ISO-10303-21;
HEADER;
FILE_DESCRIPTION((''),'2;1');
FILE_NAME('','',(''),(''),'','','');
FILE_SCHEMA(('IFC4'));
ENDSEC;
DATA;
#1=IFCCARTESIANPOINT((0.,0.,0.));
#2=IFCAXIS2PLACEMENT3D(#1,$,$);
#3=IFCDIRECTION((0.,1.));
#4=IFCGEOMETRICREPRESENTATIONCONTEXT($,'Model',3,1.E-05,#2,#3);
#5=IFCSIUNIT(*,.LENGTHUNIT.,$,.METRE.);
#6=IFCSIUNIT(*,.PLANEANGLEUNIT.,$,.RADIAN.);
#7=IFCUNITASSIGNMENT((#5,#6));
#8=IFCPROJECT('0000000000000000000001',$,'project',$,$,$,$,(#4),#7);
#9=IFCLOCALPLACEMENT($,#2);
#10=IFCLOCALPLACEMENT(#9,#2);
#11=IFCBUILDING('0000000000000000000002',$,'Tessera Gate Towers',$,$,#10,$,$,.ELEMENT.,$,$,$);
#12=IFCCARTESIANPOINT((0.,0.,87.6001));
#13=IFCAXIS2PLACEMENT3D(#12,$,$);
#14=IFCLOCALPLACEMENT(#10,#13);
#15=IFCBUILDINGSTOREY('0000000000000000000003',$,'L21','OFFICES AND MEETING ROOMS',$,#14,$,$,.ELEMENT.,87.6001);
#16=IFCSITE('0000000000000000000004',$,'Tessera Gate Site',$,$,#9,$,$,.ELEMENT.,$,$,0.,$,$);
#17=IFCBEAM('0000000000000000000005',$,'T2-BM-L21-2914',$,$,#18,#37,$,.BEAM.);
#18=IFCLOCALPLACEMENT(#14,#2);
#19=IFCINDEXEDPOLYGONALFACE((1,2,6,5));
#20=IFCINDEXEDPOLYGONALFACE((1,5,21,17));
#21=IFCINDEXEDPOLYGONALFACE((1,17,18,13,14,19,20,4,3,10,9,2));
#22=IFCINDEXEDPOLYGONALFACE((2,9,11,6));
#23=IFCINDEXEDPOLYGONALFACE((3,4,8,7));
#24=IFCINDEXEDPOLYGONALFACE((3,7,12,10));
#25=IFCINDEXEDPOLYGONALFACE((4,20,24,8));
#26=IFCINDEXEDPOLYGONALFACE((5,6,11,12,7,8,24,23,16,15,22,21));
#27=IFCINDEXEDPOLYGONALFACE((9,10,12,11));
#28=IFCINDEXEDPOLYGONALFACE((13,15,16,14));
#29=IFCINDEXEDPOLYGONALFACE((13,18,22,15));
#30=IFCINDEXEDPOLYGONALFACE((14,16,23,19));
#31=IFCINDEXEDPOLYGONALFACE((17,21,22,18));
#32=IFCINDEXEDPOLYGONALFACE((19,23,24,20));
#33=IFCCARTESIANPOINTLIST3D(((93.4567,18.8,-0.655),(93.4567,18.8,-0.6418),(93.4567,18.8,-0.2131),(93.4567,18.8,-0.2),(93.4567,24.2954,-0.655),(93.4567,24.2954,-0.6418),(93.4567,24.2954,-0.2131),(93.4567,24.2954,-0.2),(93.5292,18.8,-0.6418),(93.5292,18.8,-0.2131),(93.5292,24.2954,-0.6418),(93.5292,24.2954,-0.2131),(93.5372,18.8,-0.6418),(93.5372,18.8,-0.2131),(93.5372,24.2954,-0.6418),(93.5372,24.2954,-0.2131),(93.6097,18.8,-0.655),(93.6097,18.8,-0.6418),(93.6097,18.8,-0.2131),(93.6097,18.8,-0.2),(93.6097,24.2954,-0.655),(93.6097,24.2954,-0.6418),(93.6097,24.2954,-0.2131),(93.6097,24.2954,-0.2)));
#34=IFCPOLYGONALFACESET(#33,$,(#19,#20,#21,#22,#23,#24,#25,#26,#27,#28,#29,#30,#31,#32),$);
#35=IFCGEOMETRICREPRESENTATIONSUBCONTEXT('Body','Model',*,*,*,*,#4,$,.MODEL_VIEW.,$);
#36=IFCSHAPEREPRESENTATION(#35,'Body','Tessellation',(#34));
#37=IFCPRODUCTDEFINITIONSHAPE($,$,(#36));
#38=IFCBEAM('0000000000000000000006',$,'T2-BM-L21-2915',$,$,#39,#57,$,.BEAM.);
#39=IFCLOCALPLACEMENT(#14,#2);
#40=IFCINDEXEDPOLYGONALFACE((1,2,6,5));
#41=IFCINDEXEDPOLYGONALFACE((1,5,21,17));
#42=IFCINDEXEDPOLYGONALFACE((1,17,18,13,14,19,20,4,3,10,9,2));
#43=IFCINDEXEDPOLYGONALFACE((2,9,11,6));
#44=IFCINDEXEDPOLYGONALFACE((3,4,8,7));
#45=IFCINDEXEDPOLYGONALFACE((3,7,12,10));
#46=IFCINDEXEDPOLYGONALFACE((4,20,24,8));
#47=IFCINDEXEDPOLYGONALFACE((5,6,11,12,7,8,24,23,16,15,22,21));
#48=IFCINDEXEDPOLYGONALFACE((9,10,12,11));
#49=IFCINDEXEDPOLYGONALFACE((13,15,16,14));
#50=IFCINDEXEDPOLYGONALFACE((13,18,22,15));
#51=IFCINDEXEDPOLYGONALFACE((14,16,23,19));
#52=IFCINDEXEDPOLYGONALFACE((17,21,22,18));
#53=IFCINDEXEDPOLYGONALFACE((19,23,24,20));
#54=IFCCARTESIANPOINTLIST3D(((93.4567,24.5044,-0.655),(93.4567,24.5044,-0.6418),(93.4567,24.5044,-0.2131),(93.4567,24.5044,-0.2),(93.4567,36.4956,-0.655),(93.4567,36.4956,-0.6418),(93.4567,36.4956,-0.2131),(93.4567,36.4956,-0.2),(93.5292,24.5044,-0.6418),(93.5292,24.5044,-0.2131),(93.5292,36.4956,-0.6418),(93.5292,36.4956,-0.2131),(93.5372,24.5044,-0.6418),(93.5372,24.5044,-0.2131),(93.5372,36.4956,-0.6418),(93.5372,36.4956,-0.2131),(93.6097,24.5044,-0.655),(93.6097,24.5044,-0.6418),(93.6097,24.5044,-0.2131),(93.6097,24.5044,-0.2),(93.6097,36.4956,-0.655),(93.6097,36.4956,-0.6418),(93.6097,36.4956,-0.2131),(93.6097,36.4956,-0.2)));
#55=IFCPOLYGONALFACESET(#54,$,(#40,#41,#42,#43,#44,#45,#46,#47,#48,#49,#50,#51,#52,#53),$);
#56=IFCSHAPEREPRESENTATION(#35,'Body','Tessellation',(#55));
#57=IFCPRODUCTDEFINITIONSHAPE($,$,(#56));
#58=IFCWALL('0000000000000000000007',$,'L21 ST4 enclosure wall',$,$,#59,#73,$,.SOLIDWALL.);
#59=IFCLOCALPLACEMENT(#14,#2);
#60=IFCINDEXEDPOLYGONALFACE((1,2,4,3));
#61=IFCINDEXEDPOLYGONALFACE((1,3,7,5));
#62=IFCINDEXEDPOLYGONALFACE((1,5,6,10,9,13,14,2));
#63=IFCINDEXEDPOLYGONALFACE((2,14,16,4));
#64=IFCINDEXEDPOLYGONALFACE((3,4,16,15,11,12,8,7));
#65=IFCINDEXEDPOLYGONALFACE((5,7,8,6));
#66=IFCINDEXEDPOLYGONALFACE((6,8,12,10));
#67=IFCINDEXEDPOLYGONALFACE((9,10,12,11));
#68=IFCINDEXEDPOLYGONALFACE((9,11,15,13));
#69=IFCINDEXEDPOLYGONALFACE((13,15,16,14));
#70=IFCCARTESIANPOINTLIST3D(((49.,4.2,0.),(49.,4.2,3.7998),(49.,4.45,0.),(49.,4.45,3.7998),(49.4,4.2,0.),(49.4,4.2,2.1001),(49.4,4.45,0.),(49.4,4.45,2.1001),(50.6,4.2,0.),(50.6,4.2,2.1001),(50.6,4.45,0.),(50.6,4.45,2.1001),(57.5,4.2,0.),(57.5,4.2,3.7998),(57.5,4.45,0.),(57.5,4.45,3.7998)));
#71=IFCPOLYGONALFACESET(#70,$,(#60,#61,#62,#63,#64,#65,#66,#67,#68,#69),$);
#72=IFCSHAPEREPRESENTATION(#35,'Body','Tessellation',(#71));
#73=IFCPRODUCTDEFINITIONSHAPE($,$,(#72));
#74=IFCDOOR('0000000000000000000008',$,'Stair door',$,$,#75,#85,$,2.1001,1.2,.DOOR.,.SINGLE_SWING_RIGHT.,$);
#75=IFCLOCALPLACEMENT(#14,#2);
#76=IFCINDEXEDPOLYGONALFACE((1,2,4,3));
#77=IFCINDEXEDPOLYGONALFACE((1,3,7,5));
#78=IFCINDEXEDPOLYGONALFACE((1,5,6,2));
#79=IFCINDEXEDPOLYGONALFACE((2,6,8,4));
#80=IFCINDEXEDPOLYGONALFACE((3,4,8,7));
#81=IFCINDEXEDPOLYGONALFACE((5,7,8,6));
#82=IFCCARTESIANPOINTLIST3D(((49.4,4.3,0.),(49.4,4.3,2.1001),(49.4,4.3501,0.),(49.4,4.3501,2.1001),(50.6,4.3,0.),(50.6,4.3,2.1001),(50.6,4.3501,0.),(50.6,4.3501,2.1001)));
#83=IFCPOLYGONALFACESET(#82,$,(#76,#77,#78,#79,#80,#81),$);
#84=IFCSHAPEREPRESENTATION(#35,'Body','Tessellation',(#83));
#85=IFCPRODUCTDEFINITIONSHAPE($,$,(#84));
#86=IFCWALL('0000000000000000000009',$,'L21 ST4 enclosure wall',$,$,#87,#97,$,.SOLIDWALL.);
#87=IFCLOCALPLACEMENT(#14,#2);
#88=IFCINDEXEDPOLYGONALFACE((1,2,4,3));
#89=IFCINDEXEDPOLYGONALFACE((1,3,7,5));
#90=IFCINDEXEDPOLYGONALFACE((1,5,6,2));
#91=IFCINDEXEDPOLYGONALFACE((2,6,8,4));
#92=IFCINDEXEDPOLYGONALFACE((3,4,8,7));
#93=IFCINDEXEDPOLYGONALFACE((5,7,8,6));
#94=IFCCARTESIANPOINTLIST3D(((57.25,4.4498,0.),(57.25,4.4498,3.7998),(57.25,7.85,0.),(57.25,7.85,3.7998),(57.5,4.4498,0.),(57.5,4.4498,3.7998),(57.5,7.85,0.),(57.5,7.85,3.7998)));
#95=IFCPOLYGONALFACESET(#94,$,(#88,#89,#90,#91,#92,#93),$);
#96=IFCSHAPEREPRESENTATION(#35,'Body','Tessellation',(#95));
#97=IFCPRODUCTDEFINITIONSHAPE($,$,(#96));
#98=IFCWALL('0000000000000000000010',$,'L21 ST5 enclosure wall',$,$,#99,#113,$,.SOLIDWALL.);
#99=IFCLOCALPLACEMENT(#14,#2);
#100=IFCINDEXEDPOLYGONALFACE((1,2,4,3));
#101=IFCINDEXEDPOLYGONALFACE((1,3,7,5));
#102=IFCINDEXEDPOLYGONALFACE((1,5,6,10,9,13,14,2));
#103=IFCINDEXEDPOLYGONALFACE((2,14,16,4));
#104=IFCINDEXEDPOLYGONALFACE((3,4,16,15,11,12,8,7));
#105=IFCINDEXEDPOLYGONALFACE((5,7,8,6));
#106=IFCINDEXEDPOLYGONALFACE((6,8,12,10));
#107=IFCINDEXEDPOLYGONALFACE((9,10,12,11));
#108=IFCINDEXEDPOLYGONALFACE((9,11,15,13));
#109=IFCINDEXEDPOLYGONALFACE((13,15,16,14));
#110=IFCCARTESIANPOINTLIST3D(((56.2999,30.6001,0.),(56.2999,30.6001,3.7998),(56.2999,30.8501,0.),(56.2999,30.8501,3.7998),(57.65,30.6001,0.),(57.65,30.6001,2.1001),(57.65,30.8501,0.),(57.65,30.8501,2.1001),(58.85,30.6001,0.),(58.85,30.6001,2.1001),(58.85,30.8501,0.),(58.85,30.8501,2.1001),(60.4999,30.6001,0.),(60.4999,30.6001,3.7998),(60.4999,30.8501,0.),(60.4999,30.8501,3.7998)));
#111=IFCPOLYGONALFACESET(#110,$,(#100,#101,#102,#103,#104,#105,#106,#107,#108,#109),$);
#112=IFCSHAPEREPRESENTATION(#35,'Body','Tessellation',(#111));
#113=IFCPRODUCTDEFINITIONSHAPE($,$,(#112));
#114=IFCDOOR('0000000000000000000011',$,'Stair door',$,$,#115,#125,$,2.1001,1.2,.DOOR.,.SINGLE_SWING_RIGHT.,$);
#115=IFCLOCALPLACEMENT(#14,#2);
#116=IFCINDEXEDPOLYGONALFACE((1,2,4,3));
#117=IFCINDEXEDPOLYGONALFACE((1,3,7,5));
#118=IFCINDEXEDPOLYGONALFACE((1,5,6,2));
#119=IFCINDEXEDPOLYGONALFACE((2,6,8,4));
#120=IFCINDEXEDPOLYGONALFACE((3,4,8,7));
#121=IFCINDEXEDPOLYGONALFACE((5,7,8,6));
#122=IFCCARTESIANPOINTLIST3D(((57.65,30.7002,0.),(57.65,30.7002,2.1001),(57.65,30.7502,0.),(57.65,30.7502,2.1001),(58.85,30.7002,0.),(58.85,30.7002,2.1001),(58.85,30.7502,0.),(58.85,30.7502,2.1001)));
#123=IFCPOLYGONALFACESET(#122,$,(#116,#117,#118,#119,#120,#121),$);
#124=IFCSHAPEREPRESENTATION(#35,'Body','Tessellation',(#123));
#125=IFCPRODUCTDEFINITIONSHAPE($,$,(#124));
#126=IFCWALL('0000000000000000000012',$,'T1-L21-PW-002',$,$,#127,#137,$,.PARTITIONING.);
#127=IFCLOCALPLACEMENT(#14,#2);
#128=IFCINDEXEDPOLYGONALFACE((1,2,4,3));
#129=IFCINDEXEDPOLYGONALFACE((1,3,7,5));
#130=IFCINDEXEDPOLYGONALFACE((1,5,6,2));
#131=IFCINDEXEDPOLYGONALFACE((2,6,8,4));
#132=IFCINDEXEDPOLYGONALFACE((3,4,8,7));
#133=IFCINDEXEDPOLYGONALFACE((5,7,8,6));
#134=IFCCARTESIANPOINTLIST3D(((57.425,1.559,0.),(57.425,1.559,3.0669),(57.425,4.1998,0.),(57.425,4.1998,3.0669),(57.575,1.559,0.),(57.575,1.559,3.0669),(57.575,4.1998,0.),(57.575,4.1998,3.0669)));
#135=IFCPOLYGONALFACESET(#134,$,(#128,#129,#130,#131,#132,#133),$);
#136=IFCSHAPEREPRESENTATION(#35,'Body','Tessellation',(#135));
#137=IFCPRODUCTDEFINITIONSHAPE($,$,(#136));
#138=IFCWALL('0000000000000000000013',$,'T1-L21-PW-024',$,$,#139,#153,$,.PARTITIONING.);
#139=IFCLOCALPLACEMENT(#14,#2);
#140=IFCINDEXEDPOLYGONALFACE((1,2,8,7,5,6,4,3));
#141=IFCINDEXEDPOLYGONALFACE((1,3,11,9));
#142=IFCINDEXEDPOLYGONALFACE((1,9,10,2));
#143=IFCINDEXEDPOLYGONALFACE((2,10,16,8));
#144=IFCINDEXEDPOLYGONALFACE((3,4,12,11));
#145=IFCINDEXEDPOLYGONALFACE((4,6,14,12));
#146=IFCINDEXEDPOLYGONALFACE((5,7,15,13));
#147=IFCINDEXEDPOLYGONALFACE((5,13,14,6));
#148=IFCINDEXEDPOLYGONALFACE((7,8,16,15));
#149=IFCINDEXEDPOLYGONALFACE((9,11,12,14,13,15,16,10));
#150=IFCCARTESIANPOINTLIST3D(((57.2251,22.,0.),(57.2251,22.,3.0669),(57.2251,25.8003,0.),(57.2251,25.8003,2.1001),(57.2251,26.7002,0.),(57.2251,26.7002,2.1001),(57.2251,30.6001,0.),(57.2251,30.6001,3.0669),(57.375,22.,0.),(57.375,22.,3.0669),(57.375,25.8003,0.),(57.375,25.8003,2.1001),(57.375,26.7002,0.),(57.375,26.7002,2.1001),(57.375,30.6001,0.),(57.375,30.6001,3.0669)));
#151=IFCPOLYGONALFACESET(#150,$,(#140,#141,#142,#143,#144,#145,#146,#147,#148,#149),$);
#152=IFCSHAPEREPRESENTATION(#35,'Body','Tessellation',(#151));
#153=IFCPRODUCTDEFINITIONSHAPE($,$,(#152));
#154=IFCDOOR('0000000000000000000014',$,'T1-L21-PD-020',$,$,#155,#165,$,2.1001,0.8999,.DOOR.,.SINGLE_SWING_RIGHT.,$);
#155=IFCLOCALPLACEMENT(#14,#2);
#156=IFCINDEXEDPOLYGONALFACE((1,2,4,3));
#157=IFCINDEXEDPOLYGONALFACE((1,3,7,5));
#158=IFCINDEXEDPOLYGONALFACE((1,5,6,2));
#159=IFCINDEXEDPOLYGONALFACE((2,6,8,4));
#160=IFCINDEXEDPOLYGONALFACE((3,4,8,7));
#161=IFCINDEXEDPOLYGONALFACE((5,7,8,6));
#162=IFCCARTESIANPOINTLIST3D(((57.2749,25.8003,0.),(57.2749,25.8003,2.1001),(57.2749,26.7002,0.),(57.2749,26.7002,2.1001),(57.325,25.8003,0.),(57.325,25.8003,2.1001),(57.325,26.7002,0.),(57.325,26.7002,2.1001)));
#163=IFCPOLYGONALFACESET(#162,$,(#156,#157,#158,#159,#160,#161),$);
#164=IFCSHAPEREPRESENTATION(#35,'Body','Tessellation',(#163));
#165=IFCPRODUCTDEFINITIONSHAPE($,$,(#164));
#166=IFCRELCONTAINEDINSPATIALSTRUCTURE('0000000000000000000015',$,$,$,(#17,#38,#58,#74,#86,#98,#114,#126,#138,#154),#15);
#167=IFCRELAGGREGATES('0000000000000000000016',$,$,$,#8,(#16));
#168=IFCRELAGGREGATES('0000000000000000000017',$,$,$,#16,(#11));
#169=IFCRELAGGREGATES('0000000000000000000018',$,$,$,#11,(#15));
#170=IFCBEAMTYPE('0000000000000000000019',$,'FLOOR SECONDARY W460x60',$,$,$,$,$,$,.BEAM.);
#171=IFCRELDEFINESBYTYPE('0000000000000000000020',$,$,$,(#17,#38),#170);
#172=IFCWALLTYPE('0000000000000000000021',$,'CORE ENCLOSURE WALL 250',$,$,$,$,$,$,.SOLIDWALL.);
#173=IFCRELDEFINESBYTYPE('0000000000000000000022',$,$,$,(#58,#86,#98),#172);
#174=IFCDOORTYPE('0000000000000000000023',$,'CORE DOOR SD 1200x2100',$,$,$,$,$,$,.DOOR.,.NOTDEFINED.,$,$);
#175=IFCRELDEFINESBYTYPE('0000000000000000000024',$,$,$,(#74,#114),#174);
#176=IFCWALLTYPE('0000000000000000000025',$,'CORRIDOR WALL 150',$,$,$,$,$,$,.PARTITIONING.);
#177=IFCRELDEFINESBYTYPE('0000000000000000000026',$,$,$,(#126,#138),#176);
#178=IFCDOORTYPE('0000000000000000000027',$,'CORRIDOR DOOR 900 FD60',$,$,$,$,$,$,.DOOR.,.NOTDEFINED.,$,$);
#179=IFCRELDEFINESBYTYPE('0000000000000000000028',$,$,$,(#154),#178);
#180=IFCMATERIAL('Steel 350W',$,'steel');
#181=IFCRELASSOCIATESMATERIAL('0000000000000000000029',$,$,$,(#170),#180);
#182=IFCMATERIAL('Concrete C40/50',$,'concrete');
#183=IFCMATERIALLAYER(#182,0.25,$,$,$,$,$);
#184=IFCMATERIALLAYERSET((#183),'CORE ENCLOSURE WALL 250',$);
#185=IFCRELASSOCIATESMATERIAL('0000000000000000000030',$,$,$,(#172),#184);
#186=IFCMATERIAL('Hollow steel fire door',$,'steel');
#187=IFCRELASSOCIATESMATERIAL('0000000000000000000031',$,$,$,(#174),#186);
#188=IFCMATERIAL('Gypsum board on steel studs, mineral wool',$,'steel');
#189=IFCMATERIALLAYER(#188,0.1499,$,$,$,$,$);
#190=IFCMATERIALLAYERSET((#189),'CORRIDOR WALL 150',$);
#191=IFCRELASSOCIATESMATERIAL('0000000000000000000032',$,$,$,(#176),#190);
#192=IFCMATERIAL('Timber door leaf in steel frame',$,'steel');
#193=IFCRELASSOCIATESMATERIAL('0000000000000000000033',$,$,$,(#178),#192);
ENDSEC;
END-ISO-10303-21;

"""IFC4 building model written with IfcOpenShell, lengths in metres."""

from ifc_helpers import new_model, si_unit, direction, frame, frame_2d, origin, origin_2d, place, context, subcontext, project, spatial, rectangle, i_section, extrude, source, transform, mapped, material, layer, layer_set, material_profile, profile_set, type_object, element, fill, save


model = new_model("IFC4")

# Units and contexts
model_context = context("Model", 3, precision=1e-05, world=origin(), true_north=direction((0.0, 1.0)))
body_context = subcontext(model_context, "Body", "Model", "MODEL_VIEW")
ifc_project = project(units=[si_unit("LENGTHUNIT", "METRE"), si_unit("PLANEANGLEUNIT", "RADIAN")], contexts=[model_context])

# Site, building, storey
site_placement = place(None, origin())
site = spatial("IfcSite", under=ifc_project, at=site_placement, Name="Tessera Gate Site", CompositionType="ELEMENT", RefElevation=0.0)
building_placement = place(site_placement, origin())
building = spatial("IfcBuilding", under=site, at=building_placement, Name="Tessera Gate Towers", CompositionType="ELEMENT")
storey_placement = place(building_placement, frame((0.0, 0.0, 87.6001)))
storey = spatial("IfcBuildingStorey", under=building, at=storey_placement, Name="L21", Description="OFFICES AND MEETING ROOMS", CompositionType="ELEMENT", Elevation=87.6001)

# Beams
ifc_material_1 = material(Name="Steel 350W", Category="steel")
ifc_material_profile_1 = material_profile(ifc_material_1, i_section(OverallWidth=0.1531, OverallDepth=0.4551, WebThickness=0.0081, FlangeThickness=0.0132, at=origin_2d()), Name="W460x60")
ifc_profile_set_1 = profile_set([ifc_material_profile_1], Name="Steel 350W")
beam_type_1 = type_object("IfcBeamType", Name="FLOOR SECONDARY W460x60", PredefinedType="BEAM", material=ifc_profile_set_1)
beam_1_placement = place(storey_placement, frame((93.5332, 18.8, -0.4275), z_axis=(0.0, 1.0, 0.0), x_axis=(-1.0, 0.0, 0.0)))
element("IfcBeam", 1, at=beam_1_placement, inside=storey, type_object=beam_type_1, Name="T2-BM-L21-2914", PredefinedType="BEAM", context=body_context, shape_type="SweptSolid", body=[
    extrude(i_section(OverallWidth=0.1531, OverallDepth=0.4551, WebThickness=0.0081, FlangeThickness=0.0132, at=origin_2d()), origin(), (0.0, 0.0, 1.0), 5.4954),
])
beam_2_placement = place(storey_placement, frame((93.5332, 24.5044, -0.4275), z_axis=(0.0, 1.0, 0.0), x_axis=(-1.0, 0.0, 0.0)))
element("IfcBeam", 2, at=beam_2_placement, inside=storey, type_object=beam_type_1, Name="T2-BM-L21-2915", PredefinedType="BEAM", context=body_context, shape_type="SweptSolid", body=[
    extrude(i_section(OverallWidth=0.1531, OverallDepth=0.4551, WebThickness=0.0081, FlangeThickness=0.0132, at=origin_2d()), origin(), (0.0, 0.0, 1.0), 11.9912),
])

# Wall, opening, door
ifc_material_2 = material(Name="Concrete C40/50", Category="concrete")
ifc_layer_1 = layer(ifc_material_2, 0.25)
ifc_layer_set_1 = layer_set([ifc_layer_1], Name="CORE ENCLOSURE WALL 250")
wall_type_1 = type_object("IfcWallType", Name="CORE ENCLOSURE WALL 250", PredefinedType="SOLIDWALL", material=ifc_layer_set_1)
wall_1_placement = place(storey_placement, frame((57.5, 4.325, 0.0), z_axis=(0.0, 0.0, 1.0), x_axis=(-1.0, 0.0, 0.0)))
wall_1 = element("IfcWall", 3, at=wall_1_placement, inside=storey, type_object=wall_type_1, Name="L21 ST4 enclosure wall", PredefinedType="SOLIDWALL", context=body_context, shape_type="SweptSolid", body=[
    extrude(rectangle(XDim=8.5, YDim=0.25, at=frame_2d((4.25, 0.0))), origin(), (0.0, 0.0, 1.0), 3.7998),
])
shared_shape_1 = source(origin(), body_context, "Body", "SweptSolid", [
    extrude(rectangle(XDim=1.2, YDim=2.1001, at=frame_2d((0.6001, 1.05))), frame((0.0, 0.135, 0.0), z_axis=(0.0, -1.0, 0.0), x_axis=(1.0, 0.0, 0.0)), (0.0, 0.0, 1.0), 0.27),
])
opening_1_placement = place(wall_1_placement, frame((6.8999, 0.0, 0.0)))
opening_1 = element("IfcOpeningElement", 4, at=opening_1_placement, cuts=wall_1, PredefinedType="OPENING", context=body_context, shape_type="MappedRepresentation", body=[
    mapped(shared_shape_1, transform((0.0, 0.0, 0.0), scale=1.0)),
])
ifc_material_3 = material(Name="Hollow steel fire door", Category="steel")
door_type_1 = type_object("IfcDoorType", Name="CORE DOOR SD 1200x2100", OperationType="NOTDEFINED", PredefinedType="DOOR", material=ifc_material_3)
shared_shape_2 = source(origin(), body_context, "Body", "SweptSolid", [
    extrude(rectangle(XDim=1.2, YDim=2.1001, at=frame_2d((0.6001, 1.05))), frame((0.0, 0.0249, 0.0), z_axis=(0.0, -1.0, 0.0), x_axis=(1.0, 0.0, 0.0)), (0.0, 0.0, 1.0), 0.05),
])
door_1_placement = place(opening_1_placement, origin())
door_1 = element("IfcDoor", 5, at=door_1_placement, inside=storey, type_object=door_type_1, Name="Stair door", OperationType="SINGLE_SWING_RIGHT", OverallHeight=2.1001, OverallWidth=1.2, PredefinedType="DOOR", context=body_context, shape_type="MappedRepresentation", body=[
    mapped(shared_shape_2, transform((0.0, 0.0, 0.0), scale=1.0)),
])
fill(opening_1, door_1)

# Wall
wall_2_placement = place(storey_placement, frame((57.375, 7.8501, 0.0), z_axis=(0.0, 0.0, 1.0), x_axis=(0.0, -1.0, 0.0)))
element("IfcWall", 6, at=wall_2_placement, inside=storey, type_object=wall_type_1, Name="L21 ST4 enclosure wall", PredefinedType="SOLIDWALL", context=body_context, shape_type="SweptSolid", body=[
    extrude(rectangle(XDim=3.4001, YDim=0.25, at=frame_2d((1.7002, 0.0))), origin(), (0.0, 0.0, 1.0), 3.7998),
])

# Wall, opening, door
wall_3_placement = place(storey_placement, frame((60.5, 30.7251, 0.0), z_axis=(0.0, 0.0, 1.0), x_axis=(-1.0, 0.0, 0.0)))
wall_3 = element("IfcWall", 7, at=wall_3_placement, inside=storey, type_object=wall_type_1, Name="L21 ST5 enclosure wall", PredefinedType="SOLIDWALL", context=body_context, shape_type="SweptSolid", body=[
    extrude(rectangle(XDim=4.2, YDim=0.25, at=frame_2d((2.1001, 0.0))), origin(), (0.0, 0.0, 1.0), 3.7998),
])
opening_2_placement = place(wall_3_placement, frame((1.6499, 0.0, 0.0)))
opening_2 = element("IfcOpeningElement", 8, at=opening_2_placement, cuts=wall_3, PredefinedType="OPENING", context=body_context, shape_type="MappedRepresentation", body=[
    mapped(shared_shape_1, transform((0.0, 0.0, 0.0), scale=1.0)),
])
door_2_placement = place(opening_2_placement, origin())
door_2 = element("IfcDoor", 9, at=door_2_placement, inside=storey, type_object=door_type_1, Name="Stair door", OperationType="SINGLE_SWING_RIGHT", OverallHeight=2.1001, OverallWidth=1.2, PredefinedType="DOOR", context=body_context, shape_type="MappedRepresentation", body=[
    mapped(shared_shape_2, transform((0.0, 0.0, 0.0), scale=1.0)),
])
fill(opening_2, door_2)

# Wall
ifc_material_4 = material(Name="Gypsum board on steel studs, mineral wool", Category="steel")
ifc_layer_2 = layer(ifc_material_4, 0.1499)
ifc_layer_set_2 = layer_set([ifc_layer_2], Name="CORRIDOR WALL 150")
wall_type_2 = type_object("IfcWallType", Name="CORRIDOR WALL 150", PredefinedType="PARTITIONING", material=ifc_layer_set_2)
wall_4_placement = place(storey_placement, frame((57.5, 1.5591, 0.0), z_axis=(0.0, 0.0, 1.0), x_axis=(0.0, 1.0, 0.0)))
element("IfcWall", 10, at=wall_4_placement, inside=storey, type_object=wall_type_2, Name="T1-L21-PW-002", PredefinedType="PARTITIONING", context=body_context, shape_type="SweptSolid", body=[
    extrude(rectangle(XDim=2.6409, YDim=0.1499, at=frame_2d((1.3203, 0.0))), origin(), (0.0, 0.0, 1.0), 3.0669),
])

# Wall, opening, door
wall_5_placement = place(storey_placement, frame((57.3, 30.6001, 0.0), z_axis=(0.0, 0.0, 1.0), x_axis=(0.0, -1.0, 0.0)))
wall_5 = element("IfcWall", 11, at=wall_5_placement, inside=storey, type_object=wall_type_2, Name="T1-L21-PW-024", PredefinedType="PARTITIONING", context=body_context, shape_type="SweptSolid", body=[
    extrude(rectangle(XDim=8.6001, YDim=0.1499, at=frame_2d((4.3, 0.0))), origin(), (0.0, 0.0, 1.0), 3.0669),
])
shared_shape_3 = source(origin(), body_context, "Body", "SweptSolid", [
    extrude(rectangle(XDim=0.8999, YDim=2.1001, at=frame_2d((0.45, 1.05))), frame((0.0, 0.085, 0.0), z_axis=(0.0, -1.0, 0.0), x_axis=(1.0, 0.0, 0.0)), (0.0, 0.0, 1.0), 0.1699),
])
opening_3_placement = place(wall_5_placement, frame((3.8999, 0.0, 0.0)))
opening_3 = element("IfcOpeningElement", 12, at=opening_3_placement, cuts=wall_5, PredefinedType="OPENING", context=body_context, shape_type="MappedRepresentation", body=[
    mapped(shared_shape_3, transform((0.0, 0.0, 0.0), scale=1.0)),
])
ifc_material_5 = material(Name="Timber door leaf in steel frame", Category="steel")
door_type_2 = type_object("IfcDoorType", Name="CORRIDOR DOOR 900 FD60", OperationType="NOTDEFINED", PredefinedType="DOOR", material=ifc_material_5)
shared_shape_4 = source(origin(), body_context, "Body", "SweptSolid", [
    extrude(rectangle(XDim=0.8999, YDim=2.1001, at=frame_2d((0.45, 1.05))), frame((0.0, 0.0249, 0.0), z_axis=(0.0, -1.0, 0.0), x_axis=(1.0, 0.0, 0.0)), (0.0, 0.0, 1.0), 0.05),
])
door_3_placement = place(opening_3_placement, origin())
door_3 = element("IfcDoor", 13, at=door_3_placement, inside=storey, type_object=door_type_2, Name="T1-L21-PD-020", OperationType="SINGLE_SWING_RIGHT", OverallHeight=2.1001, OverallWidth=0.8999, PredefinedType="DOOR", context=body_context, shape_type="MappedRepresentation", body=[
    mapped(shared_shape_4, transform((0.0, 0.0, 0.0), scale=1.0)),
])
fill(opening_3, door_3)

save(model, "model.ifc")
